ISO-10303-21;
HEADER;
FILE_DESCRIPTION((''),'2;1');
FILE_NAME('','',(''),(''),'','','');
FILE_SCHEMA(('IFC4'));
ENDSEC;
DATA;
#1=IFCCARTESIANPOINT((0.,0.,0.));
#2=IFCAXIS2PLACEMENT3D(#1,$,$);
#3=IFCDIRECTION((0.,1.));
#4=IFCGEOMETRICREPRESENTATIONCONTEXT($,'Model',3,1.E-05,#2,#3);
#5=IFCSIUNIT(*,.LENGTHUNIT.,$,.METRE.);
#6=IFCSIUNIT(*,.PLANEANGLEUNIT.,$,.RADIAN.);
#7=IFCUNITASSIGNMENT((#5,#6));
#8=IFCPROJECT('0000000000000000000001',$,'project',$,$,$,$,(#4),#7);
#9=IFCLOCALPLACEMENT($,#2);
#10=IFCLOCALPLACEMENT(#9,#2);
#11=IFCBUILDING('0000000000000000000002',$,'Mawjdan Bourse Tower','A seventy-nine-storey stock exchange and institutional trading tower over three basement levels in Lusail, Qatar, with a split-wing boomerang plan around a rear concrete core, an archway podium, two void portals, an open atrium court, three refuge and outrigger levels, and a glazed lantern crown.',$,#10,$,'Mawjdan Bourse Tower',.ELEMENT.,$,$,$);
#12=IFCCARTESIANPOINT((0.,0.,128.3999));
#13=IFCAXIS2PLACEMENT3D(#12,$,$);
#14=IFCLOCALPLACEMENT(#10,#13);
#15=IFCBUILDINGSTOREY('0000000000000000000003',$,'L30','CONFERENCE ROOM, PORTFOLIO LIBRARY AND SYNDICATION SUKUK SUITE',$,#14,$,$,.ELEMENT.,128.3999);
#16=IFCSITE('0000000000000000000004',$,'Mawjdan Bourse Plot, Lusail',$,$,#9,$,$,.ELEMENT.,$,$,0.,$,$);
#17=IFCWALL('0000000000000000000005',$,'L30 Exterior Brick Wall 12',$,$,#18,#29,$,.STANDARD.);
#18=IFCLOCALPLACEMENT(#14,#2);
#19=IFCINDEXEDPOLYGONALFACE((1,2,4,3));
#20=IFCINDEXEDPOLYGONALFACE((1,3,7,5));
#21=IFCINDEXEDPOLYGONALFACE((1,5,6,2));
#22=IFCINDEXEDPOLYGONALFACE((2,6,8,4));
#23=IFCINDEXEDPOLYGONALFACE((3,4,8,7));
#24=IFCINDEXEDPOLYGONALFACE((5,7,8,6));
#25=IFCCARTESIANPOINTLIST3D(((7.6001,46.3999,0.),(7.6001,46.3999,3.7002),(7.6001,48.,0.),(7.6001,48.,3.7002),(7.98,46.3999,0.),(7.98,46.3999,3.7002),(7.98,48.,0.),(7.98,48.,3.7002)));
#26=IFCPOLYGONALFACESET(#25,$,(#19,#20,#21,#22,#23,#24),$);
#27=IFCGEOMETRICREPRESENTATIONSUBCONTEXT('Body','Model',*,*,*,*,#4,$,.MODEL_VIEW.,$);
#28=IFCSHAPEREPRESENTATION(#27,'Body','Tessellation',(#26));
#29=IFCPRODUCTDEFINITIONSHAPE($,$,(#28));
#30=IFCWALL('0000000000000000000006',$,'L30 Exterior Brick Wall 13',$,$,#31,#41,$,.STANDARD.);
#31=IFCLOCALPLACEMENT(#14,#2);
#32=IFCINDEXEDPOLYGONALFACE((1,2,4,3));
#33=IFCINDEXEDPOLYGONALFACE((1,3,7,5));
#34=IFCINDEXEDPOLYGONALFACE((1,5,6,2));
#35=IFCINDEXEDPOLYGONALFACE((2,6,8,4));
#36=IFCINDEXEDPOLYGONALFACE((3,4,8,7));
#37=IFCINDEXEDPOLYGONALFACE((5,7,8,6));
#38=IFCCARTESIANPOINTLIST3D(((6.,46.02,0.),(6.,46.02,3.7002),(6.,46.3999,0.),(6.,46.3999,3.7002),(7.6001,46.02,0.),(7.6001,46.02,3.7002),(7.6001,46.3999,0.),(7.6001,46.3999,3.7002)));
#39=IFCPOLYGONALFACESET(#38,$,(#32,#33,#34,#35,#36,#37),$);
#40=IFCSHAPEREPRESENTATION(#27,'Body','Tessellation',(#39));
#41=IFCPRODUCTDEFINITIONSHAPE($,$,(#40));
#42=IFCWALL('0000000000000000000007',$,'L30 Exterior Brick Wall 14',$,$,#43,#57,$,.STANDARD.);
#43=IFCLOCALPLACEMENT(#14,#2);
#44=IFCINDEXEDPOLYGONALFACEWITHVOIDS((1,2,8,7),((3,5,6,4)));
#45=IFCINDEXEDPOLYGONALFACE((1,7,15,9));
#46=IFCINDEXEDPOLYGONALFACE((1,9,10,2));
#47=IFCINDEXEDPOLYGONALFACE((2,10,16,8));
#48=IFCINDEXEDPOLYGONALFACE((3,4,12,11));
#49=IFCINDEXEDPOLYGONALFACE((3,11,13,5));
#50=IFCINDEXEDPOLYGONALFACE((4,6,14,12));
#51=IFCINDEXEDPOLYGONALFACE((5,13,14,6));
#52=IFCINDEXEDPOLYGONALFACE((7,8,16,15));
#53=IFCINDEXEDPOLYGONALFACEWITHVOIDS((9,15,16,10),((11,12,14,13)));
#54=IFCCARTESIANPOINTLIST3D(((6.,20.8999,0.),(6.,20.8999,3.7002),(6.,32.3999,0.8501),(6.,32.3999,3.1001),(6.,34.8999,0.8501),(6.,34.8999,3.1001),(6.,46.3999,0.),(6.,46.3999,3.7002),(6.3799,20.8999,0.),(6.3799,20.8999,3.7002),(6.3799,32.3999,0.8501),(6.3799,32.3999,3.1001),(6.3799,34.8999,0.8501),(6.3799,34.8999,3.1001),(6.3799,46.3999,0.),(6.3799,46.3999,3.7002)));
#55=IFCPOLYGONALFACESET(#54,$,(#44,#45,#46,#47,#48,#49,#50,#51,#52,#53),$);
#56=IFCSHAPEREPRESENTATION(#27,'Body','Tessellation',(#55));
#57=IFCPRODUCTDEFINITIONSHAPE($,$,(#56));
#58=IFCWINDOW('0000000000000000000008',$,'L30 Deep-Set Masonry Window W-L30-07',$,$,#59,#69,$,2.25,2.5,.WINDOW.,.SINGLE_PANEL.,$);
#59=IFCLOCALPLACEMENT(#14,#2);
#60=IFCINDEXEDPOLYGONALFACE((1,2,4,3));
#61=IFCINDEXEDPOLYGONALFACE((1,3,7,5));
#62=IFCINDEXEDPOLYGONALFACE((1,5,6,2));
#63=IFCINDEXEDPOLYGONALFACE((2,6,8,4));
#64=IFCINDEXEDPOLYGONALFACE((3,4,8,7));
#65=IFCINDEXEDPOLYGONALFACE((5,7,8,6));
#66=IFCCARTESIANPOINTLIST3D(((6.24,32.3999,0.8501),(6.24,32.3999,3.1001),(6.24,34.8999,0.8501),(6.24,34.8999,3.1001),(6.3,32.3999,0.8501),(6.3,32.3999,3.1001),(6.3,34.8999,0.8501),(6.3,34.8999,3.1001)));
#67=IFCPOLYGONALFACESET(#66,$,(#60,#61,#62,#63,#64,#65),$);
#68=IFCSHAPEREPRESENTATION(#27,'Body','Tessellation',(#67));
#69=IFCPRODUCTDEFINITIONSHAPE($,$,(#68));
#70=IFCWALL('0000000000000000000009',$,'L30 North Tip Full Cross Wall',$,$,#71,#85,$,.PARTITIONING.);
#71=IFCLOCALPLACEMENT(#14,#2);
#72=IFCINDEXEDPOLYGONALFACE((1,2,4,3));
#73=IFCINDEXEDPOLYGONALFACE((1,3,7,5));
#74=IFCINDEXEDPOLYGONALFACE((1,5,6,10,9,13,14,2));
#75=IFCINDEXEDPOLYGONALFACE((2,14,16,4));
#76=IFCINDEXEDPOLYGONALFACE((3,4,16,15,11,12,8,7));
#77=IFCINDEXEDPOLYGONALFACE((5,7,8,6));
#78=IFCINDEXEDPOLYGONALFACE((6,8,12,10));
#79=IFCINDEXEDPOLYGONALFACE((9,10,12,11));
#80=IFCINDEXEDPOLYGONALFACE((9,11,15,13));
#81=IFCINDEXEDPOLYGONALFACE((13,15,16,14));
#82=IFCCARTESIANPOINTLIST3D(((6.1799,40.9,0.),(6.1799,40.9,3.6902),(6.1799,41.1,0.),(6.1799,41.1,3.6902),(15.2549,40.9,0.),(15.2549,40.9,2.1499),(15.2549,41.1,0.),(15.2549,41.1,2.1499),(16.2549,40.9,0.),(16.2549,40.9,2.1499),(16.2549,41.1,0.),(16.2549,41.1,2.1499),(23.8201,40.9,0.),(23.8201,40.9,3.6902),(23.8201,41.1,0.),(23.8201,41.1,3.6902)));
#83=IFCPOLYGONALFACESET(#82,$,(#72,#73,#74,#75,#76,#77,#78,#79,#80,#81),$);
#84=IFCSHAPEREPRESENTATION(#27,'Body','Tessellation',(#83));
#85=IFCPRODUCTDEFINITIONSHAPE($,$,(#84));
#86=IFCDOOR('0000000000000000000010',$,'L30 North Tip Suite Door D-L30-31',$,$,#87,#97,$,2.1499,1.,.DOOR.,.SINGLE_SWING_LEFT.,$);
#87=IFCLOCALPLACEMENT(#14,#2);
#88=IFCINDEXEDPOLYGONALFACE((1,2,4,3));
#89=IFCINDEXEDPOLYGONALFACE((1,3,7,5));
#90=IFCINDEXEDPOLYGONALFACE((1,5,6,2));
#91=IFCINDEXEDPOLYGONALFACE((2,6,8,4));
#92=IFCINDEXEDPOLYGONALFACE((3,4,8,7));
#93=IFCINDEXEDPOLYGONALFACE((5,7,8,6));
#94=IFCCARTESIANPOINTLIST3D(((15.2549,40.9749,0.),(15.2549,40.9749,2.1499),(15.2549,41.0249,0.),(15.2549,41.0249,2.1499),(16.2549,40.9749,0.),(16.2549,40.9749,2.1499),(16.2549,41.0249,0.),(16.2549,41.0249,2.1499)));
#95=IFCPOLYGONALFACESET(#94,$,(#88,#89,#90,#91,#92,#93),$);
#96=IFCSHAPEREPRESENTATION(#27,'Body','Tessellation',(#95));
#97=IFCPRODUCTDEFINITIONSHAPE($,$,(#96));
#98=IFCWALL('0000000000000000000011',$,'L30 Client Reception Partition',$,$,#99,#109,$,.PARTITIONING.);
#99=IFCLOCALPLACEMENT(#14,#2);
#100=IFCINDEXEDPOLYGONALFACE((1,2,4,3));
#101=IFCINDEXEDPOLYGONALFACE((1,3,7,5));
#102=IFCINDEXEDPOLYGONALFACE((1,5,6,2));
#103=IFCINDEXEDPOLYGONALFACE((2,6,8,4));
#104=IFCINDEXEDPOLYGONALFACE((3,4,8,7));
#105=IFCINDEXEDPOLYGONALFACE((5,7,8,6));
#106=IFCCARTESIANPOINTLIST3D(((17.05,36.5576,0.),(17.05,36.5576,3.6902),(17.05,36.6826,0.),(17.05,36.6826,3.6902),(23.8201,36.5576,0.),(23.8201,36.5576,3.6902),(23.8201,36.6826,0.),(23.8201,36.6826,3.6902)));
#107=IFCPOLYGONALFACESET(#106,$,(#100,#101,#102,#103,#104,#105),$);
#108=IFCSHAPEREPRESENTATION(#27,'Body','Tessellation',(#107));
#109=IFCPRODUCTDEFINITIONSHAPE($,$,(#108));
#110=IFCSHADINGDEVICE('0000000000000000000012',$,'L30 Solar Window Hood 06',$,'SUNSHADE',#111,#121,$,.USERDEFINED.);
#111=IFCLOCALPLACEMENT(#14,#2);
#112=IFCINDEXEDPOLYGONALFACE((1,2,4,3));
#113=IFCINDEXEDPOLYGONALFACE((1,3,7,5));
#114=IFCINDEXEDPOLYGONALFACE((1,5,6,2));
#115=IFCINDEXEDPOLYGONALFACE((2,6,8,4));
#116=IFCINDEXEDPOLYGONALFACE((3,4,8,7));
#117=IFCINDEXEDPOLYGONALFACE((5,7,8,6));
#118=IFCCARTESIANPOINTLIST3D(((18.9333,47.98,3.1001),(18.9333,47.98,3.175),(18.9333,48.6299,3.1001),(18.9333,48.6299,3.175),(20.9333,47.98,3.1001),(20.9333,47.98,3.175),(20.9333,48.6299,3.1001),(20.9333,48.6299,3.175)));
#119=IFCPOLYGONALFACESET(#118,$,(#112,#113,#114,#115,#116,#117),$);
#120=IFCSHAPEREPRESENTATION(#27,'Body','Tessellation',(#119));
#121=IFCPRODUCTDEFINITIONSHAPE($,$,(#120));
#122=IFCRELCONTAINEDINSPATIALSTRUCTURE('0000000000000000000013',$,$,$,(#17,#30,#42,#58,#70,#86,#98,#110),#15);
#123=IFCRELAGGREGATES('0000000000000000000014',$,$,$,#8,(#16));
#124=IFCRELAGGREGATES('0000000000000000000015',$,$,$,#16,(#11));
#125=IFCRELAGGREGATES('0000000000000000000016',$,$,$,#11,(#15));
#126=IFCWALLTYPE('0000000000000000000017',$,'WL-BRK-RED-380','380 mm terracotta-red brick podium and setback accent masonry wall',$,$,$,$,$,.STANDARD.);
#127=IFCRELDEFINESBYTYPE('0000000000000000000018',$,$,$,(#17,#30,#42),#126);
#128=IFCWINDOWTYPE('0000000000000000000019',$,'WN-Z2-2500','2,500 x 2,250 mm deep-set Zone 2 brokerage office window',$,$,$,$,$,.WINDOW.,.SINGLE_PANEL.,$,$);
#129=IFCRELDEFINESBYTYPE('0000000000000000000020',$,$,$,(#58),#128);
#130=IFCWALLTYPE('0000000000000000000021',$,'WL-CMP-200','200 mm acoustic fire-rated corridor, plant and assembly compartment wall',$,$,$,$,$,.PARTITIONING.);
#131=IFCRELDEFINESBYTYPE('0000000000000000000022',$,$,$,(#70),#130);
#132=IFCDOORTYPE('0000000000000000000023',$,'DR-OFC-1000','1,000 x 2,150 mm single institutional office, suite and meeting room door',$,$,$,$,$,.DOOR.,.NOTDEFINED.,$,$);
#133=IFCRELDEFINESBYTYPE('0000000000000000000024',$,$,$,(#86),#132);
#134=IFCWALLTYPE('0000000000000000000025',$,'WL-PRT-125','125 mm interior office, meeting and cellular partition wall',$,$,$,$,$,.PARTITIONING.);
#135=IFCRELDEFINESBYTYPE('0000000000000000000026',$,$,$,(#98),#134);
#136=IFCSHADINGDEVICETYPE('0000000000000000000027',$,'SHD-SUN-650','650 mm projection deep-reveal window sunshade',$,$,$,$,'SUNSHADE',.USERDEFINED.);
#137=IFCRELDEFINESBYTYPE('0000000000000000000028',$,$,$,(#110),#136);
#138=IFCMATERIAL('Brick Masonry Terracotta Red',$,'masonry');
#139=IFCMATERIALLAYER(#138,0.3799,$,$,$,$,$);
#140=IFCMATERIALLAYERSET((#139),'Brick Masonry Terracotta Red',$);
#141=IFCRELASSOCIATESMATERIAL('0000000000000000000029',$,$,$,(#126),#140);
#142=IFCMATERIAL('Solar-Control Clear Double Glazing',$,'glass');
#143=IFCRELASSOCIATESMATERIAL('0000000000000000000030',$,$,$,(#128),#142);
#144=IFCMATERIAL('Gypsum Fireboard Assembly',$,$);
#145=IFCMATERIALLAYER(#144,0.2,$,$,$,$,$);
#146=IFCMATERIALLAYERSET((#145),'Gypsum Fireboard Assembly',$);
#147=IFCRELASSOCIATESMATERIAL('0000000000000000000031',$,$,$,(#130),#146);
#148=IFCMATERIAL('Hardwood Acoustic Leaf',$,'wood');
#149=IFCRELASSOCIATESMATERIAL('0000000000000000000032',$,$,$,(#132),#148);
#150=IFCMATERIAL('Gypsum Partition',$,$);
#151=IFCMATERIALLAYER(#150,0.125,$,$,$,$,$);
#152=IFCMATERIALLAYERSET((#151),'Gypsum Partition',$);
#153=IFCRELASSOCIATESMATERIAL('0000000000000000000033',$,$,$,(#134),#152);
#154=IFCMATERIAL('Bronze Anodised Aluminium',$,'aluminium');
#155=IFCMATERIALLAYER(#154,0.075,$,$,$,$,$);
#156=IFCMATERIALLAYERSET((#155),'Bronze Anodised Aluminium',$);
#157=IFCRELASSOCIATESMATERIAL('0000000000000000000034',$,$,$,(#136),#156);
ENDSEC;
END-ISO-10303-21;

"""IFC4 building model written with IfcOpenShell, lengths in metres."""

from ifc_helpers import new_model, si_unit, direction, frame, frame_2d, origin, origin_2d, place, context, subcontext, project, spatial, rectangle, extrude, material, layer, layer_set, type_object, element, fill, save


model = new_model("IFC4")

# Units and contexts
model_context = context("Model", 3, precision=1e-05, world=origin(), true_north=direction((0.0, 1.0)))
body_context = subcontext(model_context, "Body", "Model", "MODEL_VIEW")
ifc_project = project(units=[si_unit("LENGTHUNIT", "METRE"), si_unit("PLANEANGLEUNIT", "RADIAN")], contexts=[model_context])

# Site, building, storey
site_placement = place(None, origin())
site = spatial("IfcSite", under=ifc_project, at=site_placement, Name="Mawjdan Bourse Plot, Lusail", CompositionType="ELEMENT", RefElevation=0.0)
building_placement = place(site_placement, origin())
building = spatial("IfcBuilding", under=site, at=building_placement, Name="Mawjdan Bourse Tower", Description="A seventy-nine-storey stock exchange and institutional trading tower over three basement levels in Lusail, Qatar, with a split-wing boomerang plan around a rear concrete core, an archway podium, two void portals, an open atrium court, three refuge and outrigger levels, and a glazed lantern crown.", LongName="Mawjdan Bourse Tower", CompositionType="ELEMENT")
storey_placement = place(building_placement, frame((0.0, 0.0, 128.3999)))
storey = spatial("IfcBuildingStorey", under=building, at=storey_placement, Name="L30", Description="CONFERENCE ROOM, PORTFOLIO LIBRARY AND SYNDICATION SUKUK SUITE", CompositionType="ELEMENT", Elevation=128.3999)

# Walls
ifc_material_1 = material(Name="Brick Masonry Terracotta Red", Category="masonry")
ifc_layer_1 = layer(ifc_material_1, 0.3799)
ifc_layer_set_1 = layer_set([ifc_layer_1], Name="Brick Masonry Terracotta Red")
wall_type_1 = type_object("IfcWallType", Name="WL-BRK-RED-380", Description="380 mm terracotta-red brick podium and setback accent masonry wall", PredefinedType="STANDARD", material=ifc_layer_set_1)
for number, where, z_axis, x_axis, name in (
    (1, (7.79, 48.0, 0.0), (0.0, 0.0, 1.0), (0.0, -1.0, 0.0), "L30 Exterior Brick Wall 12"),
    (2, (7.6001, 46.21, 0.0), (0.0, 0.0, 1.0), (-1.0, 0.0, 0.0), "L30 Exterior Brick Wall 13"),
):
    element("IfcWall", number, at=place(storey_placement, frame(where, z_axis=z_axis, x_axis=x_axis)), inside=storey, type_object=wall_type_1, Name=name, PredefinedType="STANDARD", context=body_context, shape_type="SweptSolid", body=[
        extrude(rectangle(XDim=1.6001, YDim=0.3799, at=frame_2d((0.8, 0.0))), origin(), (0.0, 0.0, 1.0), 3.7002),
    ])

# Wall, opening, window
wall_1_placement = place(storey_placement, frame((6.1899, 46.3999, 0.0), z_axis=(0.0, 0.0, 1.0), x_axis=(0.0, -1.0, 0.0)))
wall_1 = element("IfcWall", 3, at=wall_1_placement, inside=storey, type_object=wall_type_1, Name="L30 Exterior Brick Wall 14", PredefinedType="STANDARD", context=body_context, shape_type="SweptSolid", body=[
    extrude(rectangle(XDim=25.5, YDim=0.3799, at=frame_2d((12.75, 0.0))), origin(), (0.0, 0.0, 1.0), 3.7002),
])
opening_1_placement = place(wall_1_placement, frame((11.5, 0.0, 0.8501)))
opening_1 = element("IfcOpeningElement", 4, at=opening_1_placement, cuts=wall_1, PredefinedType="OPENING", context=body_context, shape_type="SweptSolid", body=[
    extrude(rectangle(XDim=2.5, YDim=2.25, at=frame_2d((1.25, 1.125))), frame((0.0, 0.2, 0.0), z_axis=(0.0, -1.0, 0.0), x_axis=(1.0, 0.0, 0.0)), (0.0, 0.0, 1.0), 0.3999),
])
ifc_material_2 = material(Name="Solar-Control Clear Double Glazing", Category="glass")
window_type = type_object("IfcWindowType", Name="WN-Z2-2500", Description="2,500 x 2,250 mm deep-set Zone 2 brokerage office window", PartitioningType="SINGLE_PANEL", PredefinedType="WINDOW", material=ifc_material_2)
window_placement = place(opening_1_placement, origin())
window = element("IfcWindow", 5, at=window_placement, inside=storey, type_object=window_type, Name="L30 Deep-Set Masonry Window W-L30-07", OverallHeight=2.25, OverallWidth=2.5, PartitioningType="SINGLE_PANEL", PredefinedType="WINDOW", context=body_context, shape_type="SweptSolid", body=[
    extrude(rectangle(XDim=2.5, YDim=2.25, at=frame_2d((1.25, 1.125))), frame((0.0, 0.1101, 0.0), z_axis=(0.0, -1.0, 0.0), x_axis=(1.0, 0.0, 0.0)), (0.0, 0.0, 1.0), 0.0601),
])
fill(opening_1, window)

# Wall, opening, door
ifc_material_3 = material(Name="Gypsum Fireboard Assembly")
ifc_layer_2 = layer(ifc_material_3, 0.2)
ifc_layer_set_2 = layer_set([ifc_layer_2], Name="Gypsum Fireboard Assembly")
wall_type_2 = type_object("IfcWallType", Name="WL-CMP-200", Description="200 mm acoustic fire-rated corridor, plant and assembly compartment wall", PredefinedType="PARTITIONING", material=ifc_layer_set_2)
ifc_material_4 = material(Name="Hardwood Acoustic Leaf", Category="wood")
door_type = type_object("IfcDoorType", Name="DR-OFC-1000", Description="1,000 x 2,150 mm single institutional office, suite and meeting room door", OperationType="NOTDEFINED", PredefinedType="DOOR", material=ifc_material_4)
wall_2_placement = place(storey_placement, frame((6.1799, 41.0, 0.0), z_axis=(0.0, 0.0, 1.0), x_axis=(1.0, 0.0, 0.0)))
wall_2 = element("IfcWall", 6, at=wall_2_placement, inside=storey, type_object=wall_type_2, Name="L30 North Tip Full Cross Wall", PredefinedType="PARTITIONING", context=body_context, shape_type="SweptSolid", body=[
    extrude(rectangle(XDim=17.6401, YDim=0.2, at=frame_2d((8.8201, 0.0))), origin(), (0.0, 0.0, 1.0), 3.6902),
])
opening_2_placement = place(wall_2_placement, frame((9.075, 0.0, 0.0)))
opening_2 = element("IfcOpeningElement", 7, at=opening_2_placement, cuts=wall_2, PredefinedType="OPENING", context=body_context, shape_type="SweptSolid", body=[
    extrude(rectangle(XDim=1.0, YDim=2.1499, at=frame_2d((0.5, 1.075))), frame((0.0, 0.1099, 0.0), z_axis=(0.0, -1.0, 0.0), x_axis=(1.0, 0.0, 0.0)), (0.0, 0.0, 1.0), 0.22),
])
door_1_placement = place(opening_2_placement, origin())
door_1 = element("IfcDoor", 8, at=door_1_placement, inside=storey, type_object=door_type, Name="L30 North Tip Suite Door D-L30-31", OperationType="SINGLE_SWING_LEFT", OverallHeight=2.1499, OverallWidth=1.0, PredefinedType="DOOR", context=body_context, shape_type="SweptSolid", body=[
    extrude(rectangle(XDim=1.0, YDim=2.1499, at=frame_2d((0.5, 1.075))), frame((0.0, 0.0249, 0.0), z_axis=(0.0, -1.0, 0.0), x_axis=(1.0, 0.0, 0.0)), (0.0, 0.0, 1.0), 0.05),
])
fill(opening_2, door_1)

# Wall
ifc_material_5 = material(Name="Gypsum Partition")
ifc_layer_3 = layer(ifc_material_5, 0.125)
ifc_layer_set_3 = layer_set([ifc_layer_3], Name="Gypsum Partition")
wall_type_3 = type_object("IfcWallType", Name="WL-PRT-125", Description="125 mm interior office, meeting and cellular partition wall", PredefinedType="PARTITIONING", material=ifc_layer_set_3)
wall_3_placement = place(storey_placement, frame((17.05, 36.6201, 0.0), z_axis=(0.0, 0.0, 1.0), x_axis=(1.0, 0.0, 0.0)))
element("IfcWall", 9, at=wall_3_placement, inside=storey, type_object=wall_type_3, Name="L30 Client Reception Partition", PredefinedType="PARTITIONING", context=body_context, shape_type="SweptSolid", body=[
    extrude(rectangle(XDim=6.77, YDim=0.125, at=frame_2d((3.385, 0.0))), origin(), (0.0, 0.0, 1.0), 3.6902),
])

# Shading device
ifc_material_6 = material(Name="Bronze Anodised Aluminium", Category="aluminium")
ifc_layer_4 = layer(ifc_material_6, 0.075)
ifc_layer_set_4 = layer_set([ifc_layer_4], Name="Bronze Anodised Aluminium")
shading_device_type = type_object("IfcShadingDeviceType", Name="SHD-SUN-650", Description="650 mm projection deep-reveal window sunshade", ElementType="SUNSHADE", PredefinedType="USERDEFINED", material=ifc_layer_set_4)
shading_device_placement = place(storey_placement, frame((19.9333, 48.3049, 3.1001), z_axis=(0.0, 0.0, 1.0), x_axis=(-1.0, 0.0, 0.0)))
element("IfcShadingDevice", 10, at=shading_device_placement, inside=storey, type_object=shading_device_type, Name="L30 Solar Window Hood 06", ObjectType="SUNSHADE", PredefinedType="USERDEFINED", context=body_context, shape_type="SweptSolid", body=[
    extrude(rectangle(XDim=2.0, YDim=0.6499, at=origin_2d()), origin(), (0.0, 0.0, 1.0), 0.075),
])

save(model, "model.ifc")
